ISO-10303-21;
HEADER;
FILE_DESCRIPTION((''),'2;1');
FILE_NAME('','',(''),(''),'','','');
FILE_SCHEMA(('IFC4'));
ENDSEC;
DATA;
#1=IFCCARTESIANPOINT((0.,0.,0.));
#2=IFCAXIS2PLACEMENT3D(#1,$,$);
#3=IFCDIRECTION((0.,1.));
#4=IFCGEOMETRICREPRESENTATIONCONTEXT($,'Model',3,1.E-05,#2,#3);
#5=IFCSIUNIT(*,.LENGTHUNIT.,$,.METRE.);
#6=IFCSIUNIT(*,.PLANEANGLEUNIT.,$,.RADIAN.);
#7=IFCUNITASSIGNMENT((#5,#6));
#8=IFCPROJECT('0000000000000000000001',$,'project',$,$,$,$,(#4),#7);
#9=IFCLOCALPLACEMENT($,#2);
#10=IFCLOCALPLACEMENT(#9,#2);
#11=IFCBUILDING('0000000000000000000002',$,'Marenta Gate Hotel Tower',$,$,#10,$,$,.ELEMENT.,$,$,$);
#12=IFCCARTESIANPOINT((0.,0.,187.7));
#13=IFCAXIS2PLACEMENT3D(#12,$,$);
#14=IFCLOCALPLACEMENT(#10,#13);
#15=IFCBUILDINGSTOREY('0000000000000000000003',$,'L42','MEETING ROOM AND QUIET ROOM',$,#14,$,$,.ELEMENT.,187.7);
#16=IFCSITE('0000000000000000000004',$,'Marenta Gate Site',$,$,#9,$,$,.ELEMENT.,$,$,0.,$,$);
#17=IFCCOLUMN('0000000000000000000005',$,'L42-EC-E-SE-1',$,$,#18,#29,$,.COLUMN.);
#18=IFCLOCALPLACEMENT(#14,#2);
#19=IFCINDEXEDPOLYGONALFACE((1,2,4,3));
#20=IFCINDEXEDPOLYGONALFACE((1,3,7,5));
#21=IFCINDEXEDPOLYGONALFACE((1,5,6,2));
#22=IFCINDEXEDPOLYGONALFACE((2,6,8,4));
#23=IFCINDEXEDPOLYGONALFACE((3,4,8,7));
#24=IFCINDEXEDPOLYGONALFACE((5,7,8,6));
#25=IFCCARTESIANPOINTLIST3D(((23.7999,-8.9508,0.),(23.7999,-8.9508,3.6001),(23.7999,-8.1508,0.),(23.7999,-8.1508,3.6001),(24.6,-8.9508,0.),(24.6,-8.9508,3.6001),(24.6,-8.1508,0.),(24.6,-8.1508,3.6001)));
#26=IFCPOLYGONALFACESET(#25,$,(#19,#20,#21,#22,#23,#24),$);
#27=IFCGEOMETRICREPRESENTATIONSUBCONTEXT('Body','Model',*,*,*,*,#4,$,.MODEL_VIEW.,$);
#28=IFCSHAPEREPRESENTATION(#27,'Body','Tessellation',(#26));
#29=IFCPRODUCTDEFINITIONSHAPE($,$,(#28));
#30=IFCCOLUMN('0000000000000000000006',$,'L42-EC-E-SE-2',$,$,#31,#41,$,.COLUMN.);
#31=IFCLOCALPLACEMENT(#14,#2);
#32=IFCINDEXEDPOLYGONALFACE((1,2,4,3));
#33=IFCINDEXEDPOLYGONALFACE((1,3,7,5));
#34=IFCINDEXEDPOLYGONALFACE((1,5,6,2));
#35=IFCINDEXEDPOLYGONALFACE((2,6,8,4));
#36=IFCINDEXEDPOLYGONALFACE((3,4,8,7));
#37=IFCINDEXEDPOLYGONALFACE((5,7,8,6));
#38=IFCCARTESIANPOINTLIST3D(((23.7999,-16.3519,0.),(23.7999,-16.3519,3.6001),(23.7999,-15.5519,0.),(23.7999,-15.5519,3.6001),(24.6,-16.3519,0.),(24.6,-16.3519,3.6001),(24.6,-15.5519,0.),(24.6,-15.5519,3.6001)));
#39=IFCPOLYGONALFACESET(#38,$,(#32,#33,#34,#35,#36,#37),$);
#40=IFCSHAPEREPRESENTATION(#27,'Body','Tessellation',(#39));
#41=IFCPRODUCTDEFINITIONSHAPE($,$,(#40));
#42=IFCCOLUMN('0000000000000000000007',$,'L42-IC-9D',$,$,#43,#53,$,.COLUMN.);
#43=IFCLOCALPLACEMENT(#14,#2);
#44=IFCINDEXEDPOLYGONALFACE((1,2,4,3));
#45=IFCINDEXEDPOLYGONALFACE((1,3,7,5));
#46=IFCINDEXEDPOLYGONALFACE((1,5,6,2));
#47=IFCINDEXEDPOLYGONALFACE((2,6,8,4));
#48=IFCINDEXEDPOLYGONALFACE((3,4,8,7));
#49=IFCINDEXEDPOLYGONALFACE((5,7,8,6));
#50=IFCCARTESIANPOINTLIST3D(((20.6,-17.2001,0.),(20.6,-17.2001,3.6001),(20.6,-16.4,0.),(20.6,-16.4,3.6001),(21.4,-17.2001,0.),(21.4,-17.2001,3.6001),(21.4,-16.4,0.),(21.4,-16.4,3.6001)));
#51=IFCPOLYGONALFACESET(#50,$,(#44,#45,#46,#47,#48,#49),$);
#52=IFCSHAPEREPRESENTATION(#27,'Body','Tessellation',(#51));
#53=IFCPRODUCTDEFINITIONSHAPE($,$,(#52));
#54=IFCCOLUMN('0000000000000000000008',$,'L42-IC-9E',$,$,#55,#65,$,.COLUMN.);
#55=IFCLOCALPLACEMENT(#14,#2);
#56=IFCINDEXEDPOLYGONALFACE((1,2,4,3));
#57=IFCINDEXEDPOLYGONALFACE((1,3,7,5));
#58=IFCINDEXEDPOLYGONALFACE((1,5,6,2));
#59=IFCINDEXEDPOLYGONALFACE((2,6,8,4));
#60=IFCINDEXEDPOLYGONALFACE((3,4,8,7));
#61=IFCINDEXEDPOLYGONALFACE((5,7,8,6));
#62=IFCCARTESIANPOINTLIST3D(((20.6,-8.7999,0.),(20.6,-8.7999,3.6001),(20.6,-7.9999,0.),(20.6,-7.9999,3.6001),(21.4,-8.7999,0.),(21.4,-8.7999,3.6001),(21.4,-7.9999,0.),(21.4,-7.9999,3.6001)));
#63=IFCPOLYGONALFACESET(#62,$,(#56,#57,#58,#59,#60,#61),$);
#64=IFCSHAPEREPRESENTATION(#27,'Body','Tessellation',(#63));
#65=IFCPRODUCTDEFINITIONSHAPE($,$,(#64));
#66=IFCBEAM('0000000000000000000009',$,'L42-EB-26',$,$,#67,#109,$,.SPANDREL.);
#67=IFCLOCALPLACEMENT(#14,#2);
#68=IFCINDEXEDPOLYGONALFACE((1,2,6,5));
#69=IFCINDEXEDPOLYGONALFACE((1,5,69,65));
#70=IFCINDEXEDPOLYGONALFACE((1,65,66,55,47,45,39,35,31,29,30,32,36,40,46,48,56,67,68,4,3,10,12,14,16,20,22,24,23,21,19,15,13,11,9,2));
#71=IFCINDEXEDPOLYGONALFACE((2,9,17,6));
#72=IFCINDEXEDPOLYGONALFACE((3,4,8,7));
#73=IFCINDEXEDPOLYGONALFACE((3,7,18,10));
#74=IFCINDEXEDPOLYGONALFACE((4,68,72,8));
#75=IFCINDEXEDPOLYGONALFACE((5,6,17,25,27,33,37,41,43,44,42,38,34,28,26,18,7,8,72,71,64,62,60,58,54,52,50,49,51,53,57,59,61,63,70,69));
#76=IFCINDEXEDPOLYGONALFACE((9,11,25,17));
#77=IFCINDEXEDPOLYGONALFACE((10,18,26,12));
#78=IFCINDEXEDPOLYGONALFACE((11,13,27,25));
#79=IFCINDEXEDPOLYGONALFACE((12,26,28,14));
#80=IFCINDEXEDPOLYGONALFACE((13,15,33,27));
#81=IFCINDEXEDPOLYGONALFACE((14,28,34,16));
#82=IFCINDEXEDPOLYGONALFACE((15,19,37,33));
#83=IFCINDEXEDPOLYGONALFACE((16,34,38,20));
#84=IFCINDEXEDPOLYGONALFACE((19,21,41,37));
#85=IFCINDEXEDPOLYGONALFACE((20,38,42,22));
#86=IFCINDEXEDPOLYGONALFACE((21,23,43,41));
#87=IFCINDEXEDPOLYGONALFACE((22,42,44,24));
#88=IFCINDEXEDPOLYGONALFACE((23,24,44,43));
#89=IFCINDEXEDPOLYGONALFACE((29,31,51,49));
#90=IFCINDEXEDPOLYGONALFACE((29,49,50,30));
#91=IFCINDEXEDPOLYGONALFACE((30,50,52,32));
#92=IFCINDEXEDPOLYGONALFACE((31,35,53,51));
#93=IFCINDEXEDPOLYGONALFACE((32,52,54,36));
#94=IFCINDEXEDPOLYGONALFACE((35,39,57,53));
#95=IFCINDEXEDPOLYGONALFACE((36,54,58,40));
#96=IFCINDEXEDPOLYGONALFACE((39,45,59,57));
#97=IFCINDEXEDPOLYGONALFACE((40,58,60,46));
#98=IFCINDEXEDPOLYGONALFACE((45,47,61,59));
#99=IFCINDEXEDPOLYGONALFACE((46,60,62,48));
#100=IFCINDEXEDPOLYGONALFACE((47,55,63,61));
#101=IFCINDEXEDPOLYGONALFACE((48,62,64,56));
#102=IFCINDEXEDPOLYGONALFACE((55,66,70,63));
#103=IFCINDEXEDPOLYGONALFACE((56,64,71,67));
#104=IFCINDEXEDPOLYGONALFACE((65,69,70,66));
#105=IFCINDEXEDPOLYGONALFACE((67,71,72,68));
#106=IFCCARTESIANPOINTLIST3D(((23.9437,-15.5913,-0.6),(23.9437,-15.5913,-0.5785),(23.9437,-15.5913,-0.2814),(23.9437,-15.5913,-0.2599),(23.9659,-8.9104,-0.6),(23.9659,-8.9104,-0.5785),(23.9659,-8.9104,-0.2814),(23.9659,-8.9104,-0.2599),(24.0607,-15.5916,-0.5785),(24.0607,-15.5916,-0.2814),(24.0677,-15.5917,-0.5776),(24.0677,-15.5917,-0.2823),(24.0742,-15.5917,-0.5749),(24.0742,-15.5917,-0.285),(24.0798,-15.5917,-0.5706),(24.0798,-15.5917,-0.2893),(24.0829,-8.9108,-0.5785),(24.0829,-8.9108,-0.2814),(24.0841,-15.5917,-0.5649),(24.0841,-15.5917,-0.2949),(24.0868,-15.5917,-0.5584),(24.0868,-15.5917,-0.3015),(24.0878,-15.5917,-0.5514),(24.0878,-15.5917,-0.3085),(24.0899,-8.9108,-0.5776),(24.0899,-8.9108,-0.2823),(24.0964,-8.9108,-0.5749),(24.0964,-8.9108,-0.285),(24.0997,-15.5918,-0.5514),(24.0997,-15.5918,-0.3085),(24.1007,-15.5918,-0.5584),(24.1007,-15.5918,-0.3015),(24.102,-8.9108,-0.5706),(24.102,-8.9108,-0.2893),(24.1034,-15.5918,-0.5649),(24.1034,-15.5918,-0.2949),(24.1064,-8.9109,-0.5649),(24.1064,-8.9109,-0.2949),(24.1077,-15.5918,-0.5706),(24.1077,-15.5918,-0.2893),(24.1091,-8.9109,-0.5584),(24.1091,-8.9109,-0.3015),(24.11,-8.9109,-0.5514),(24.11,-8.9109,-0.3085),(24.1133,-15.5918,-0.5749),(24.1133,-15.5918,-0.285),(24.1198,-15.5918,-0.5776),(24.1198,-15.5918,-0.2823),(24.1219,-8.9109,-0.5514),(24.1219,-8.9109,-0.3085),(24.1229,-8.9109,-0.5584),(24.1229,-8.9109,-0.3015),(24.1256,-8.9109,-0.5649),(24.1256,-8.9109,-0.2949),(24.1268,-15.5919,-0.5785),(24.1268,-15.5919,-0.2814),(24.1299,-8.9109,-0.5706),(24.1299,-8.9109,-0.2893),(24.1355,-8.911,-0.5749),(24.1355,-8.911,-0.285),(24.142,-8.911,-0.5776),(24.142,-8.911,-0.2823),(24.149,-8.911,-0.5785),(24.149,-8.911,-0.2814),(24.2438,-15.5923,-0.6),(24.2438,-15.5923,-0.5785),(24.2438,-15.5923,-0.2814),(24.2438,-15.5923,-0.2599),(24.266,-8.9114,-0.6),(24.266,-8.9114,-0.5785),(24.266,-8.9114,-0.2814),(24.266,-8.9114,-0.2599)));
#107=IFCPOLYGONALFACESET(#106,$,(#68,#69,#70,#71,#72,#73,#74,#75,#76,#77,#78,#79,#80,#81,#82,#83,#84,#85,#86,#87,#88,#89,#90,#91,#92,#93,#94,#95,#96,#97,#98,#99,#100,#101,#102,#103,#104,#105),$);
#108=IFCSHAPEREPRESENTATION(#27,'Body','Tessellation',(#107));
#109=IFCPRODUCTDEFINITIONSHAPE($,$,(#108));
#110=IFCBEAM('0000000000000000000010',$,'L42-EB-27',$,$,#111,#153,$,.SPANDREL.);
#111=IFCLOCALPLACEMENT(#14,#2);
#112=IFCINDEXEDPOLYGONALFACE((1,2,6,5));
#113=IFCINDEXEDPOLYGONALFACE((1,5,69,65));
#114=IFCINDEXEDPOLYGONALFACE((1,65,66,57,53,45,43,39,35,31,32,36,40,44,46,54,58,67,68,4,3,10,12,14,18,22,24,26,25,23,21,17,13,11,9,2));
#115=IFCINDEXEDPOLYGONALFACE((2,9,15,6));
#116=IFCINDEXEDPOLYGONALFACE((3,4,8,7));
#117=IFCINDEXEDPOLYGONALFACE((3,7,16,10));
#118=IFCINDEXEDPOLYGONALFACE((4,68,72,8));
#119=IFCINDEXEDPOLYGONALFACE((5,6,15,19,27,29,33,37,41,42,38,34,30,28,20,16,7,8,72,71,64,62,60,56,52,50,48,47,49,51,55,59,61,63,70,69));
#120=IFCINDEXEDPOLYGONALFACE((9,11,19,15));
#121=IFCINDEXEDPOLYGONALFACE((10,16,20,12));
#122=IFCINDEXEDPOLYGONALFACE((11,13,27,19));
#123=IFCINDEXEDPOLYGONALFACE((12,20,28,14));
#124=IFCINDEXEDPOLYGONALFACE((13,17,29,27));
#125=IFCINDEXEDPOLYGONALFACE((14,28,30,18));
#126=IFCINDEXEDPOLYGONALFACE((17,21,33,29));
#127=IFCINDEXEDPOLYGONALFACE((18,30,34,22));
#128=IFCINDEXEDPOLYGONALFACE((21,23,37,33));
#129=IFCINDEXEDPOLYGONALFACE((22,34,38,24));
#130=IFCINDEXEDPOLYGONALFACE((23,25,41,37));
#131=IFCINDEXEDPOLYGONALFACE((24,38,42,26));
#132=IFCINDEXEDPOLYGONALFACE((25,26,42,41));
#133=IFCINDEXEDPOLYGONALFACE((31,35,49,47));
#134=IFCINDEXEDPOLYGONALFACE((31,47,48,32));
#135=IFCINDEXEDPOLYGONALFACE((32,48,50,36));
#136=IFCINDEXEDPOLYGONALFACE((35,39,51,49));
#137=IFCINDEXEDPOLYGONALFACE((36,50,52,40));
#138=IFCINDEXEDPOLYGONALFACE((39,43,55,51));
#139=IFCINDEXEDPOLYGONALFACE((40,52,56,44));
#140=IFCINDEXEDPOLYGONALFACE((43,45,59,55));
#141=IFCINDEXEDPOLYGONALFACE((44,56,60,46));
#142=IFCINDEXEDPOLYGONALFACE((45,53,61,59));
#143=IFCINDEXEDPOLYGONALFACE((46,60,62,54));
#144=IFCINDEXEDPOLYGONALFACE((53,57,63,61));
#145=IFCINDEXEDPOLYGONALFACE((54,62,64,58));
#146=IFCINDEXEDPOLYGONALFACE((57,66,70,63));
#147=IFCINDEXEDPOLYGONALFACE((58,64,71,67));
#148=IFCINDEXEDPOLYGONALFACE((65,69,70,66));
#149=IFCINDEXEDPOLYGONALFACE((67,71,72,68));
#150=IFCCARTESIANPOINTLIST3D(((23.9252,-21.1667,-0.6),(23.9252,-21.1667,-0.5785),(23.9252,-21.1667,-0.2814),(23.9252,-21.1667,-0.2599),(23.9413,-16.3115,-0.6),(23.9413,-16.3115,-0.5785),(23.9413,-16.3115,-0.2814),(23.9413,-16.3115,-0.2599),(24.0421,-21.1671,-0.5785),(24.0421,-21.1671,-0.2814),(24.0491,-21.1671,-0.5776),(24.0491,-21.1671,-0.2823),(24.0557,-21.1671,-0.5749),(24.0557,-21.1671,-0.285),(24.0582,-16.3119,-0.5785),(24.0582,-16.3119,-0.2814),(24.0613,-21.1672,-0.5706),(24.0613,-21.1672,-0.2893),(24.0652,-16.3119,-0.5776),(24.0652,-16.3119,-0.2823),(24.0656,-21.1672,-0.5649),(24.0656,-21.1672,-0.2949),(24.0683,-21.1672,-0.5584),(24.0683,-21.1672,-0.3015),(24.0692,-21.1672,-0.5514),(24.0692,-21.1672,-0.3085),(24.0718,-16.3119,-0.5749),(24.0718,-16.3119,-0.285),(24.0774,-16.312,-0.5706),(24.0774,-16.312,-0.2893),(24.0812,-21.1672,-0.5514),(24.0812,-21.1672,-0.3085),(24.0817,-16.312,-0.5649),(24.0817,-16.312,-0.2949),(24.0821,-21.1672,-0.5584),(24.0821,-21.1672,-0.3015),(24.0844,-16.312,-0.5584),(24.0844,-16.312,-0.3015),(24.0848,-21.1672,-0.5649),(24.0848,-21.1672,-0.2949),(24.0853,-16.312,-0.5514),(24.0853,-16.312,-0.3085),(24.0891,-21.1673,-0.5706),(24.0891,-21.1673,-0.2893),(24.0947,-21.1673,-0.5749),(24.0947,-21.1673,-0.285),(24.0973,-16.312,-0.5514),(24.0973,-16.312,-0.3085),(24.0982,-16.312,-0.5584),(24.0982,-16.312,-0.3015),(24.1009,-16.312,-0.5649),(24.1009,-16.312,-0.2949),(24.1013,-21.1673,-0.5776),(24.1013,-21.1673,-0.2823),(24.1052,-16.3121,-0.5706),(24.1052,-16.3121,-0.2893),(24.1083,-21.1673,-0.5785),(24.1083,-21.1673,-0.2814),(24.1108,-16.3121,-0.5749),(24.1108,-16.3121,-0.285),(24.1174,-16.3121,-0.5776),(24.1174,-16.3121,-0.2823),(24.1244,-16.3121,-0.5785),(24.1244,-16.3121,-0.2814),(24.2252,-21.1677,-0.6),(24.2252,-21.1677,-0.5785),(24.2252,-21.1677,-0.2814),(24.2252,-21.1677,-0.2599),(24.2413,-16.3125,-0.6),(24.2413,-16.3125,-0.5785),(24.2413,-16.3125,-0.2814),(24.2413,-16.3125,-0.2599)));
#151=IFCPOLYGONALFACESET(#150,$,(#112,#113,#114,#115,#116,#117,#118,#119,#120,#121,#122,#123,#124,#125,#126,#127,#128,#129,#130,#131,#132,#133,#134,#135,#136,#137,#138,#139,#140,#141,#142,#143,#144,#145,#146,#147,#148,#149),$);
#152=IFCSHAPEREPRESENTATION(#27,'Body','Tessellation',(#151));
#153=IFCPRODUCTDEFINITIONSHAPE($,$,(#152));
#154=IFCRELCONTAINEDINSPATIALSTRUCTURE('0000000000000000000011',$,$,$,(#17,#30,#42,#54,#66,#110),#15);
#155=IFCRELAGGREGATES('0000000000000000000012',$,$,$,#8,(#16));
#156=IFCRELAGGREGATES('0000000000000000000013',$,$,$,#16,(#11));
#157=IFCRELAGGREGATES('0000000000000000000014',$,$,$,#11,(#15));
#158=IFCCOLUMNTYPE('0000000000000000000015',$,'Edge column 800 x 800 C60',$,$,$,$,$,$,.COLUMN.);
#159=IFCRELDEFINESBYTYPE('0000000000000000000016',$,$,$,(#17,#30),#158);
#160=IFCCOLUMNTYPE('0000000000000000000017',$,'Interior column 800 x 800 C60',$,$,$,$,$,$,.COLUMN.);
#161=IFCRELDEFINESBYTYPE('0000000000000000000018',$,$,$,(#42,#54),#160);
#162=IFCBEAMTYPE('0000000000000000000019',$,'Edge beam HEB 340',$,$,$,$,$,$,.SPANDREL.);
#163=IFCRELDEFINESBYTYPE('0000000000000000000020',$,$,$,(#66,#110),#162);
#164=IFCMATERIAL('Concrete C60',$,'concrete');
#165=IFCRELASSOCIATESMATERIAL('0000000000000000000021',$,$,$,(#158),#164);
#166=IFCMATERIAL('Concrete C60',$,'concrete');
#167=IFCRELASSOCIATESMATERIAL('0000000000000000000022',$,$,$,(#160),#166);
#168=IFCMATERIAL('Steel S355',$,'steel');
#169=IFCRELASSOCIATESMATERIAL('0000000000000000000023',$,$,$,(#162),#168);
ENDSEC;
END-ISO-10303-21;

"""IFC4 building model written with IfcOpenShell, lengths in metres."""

from ifc_helpers import new_model, si_unit, direction, frame, origin, origin_2d, place, context, subcontext, project, spatial, rectangle, i_section, extrude, material, material_profile, profile_set, type_object, element, save


model = new_model("IFC4")

# Units and contexts
model_context = context("Model", 3, precision=1e-05, world=origin(), true_north=direction((0.0, 1.0)))
body_context = subcontext(model_context, "Body", "Model", "MODEL_VIEW")
ifc_project = project(units=[si_unit("LENGTHUNIT", "METRE"), si_unit("PLANEANGLEUNIT", "RADIAN")], contexts=[model_context])

# Site, building, storey
site_placement = place(None, origin())
site = spatial("IfcSite", under=ifc_project, at=site_placement, Name="Marenta Gate Site", CompositionType="ELEMENT", RefElevation=0.0)
building_placement = place(site_placement, origin())
building = spatial("IfcBuilding", under=site, at=building_placement, Name="Marenta Gate Hotel Tower", CompositionType="ELEMENT")
storey_placement = place(building_placement, frame((0.0, 0.0, 187.7)))
storey = spatial("IfcBuildingStorey", under=building, at=storey_placement, Name="L42", Description="MEETING ROOM AND QUIET ROOM", CompositionType="ELEMENT", Elevation=187.7)

# Columns
ifc_material_1 = material(Name="Concrete C60", Category="concrete")
ifc_material_profile_1 = material_profile(ifc_material_1, rectangle(XDim=0.8, YDim=0.8, at=origin_2d()), Name="800 x 800")
ifc_profile_set_1 = profile_set([ifc_material_profile_1], Name="Concrete C60")
column_type_1 = type_object("IfcColumnType", Name="Edge column 800 x 800 C60", PredefinedType="COLUMN", material=ifc_profile_set_1)
for number, where, z_axis, x_axis, name in (
    (1, (24.2, -8.5508, 0.0), (0.0, 0.0, 1.0), (1.0, 0.0, 0.0), "L42-EC-E-SE-1"),
    (2, (24.2, -15.9519, 0.0), (0.0, 0.0, 1.0), (1.0, 0.0, 0.0), "L42-EC-E-SE-2"),
):
    element("IfcColumn", number, at=place(storey_placement, frame(where, z_axis=z_axis, x_axis=x_axis)), inside=storey, type_object=column_type_1, Name=name, PredefinedType="COLUMN", context=body_context, shape_type="SweptSolid", body=[
        extrude(rectangle(XDim=0.8, YDim=0.8, at=origin_2d()), origin(), (0.0, 0.0, 1.0), 3.6001),
    ])
ifc_material_2 = material(Name="Concrete C60", Category="concrete")
ifc_material_profile_2 = material_profile(ifc_material_2, rectangle(XDim=0.8, YDim=0.8, at=origin_2d()), Name="800 x 800")
ifc_profile_set_2 = profile_set([ifc_material_profile_2], Name="Concrete C60")
column_type_2 = type_object("IfcColumnType", Name="Interior column 800 x 800 C60", PredefinedType="COLUMN", material=ifc_profile_set_2)
for number, where, z_axis, x_axis, name in (
    (3, (21.0, -16.8, 0.0), (0.0, 0.0, 1.0), (1.0, 0.0, 0.0), "L42-IC-9D"),
    (4, (21.0, -8.3999, 0.0), (0.0, 0.0, 1.0), (1.0, 0.0, 0.0), "L42-IC-9E"),
):
    element("IfcColumn", number, at=place(storey_placement, frame(where, z_axis=z_axis, x_axis=x_axis)), inside=storey, type_object=column_type_2, Name=name, PredefinedType="COLUMN", context=body_context, shape_type="SweptSolid", body=[
        extrude(rectangle(XDim=0.8, YDim=0.8, at=origin_2d()), origin(), (0.0, 0.0, 1.0), 3.6001),
    ])

# Beams
ifc_material_3 = material(Name="Steel S355", Category="steel")
ifc_material_profile_3 = material_profile(ifc_material_3, i_section(OverallWidth=0.3, OverallDepth=0.3401, WebThickness=0.012, FlangeThickness=0.0215, FilletRadius=0.0271, at=origin_2d()), Name="HEB 340")
ifc_profile_set_3 = profile_set([ifc_material_profile_3], Name="Steel S355")
beam_type_1 = type_object("IfcBeamType", Name="Edge beam HEB 340", PredefinedType="SPANDREL", material=ifc_profile_set_3)
beam_1_placement = place(storey_placement, frame((24.116, -8.9109, -0.4299), z_axis=(-0.003325, -0.999994, 0.0), x_axis=(0.999994, -0.003325, 0.0)))
element("IfcBeam", 5, at=beam_1_placement, inside=storey, type_object=beam_type_1, Name="L42-EB-26", PredefinedType="SPANDREL", context=body_context, shape_type="SweptSolid", body=[
    extrude(i_section(OverallWidth=0.3, OverallDepth=0.3401, WebThickness=0.012, FlangeThickness=0.0215, FilletRadius=0.0271, at=origin_2d()), origin(), (0.0, 0.0, 1.0), 6.6809),
])
beam_2_placement = place(storey_placement, frame((24.0913, -16.312, -0.4299), z_axis=(-0.003319, -0.999994, 0.0), x_axis=(0.999994, -0.003319, 0.0)))
element("IfcBeam", 6, at=beam_2_placement, inside=storey, type_object=beam_type_1, Name="L42-EB-27", PredefinedType="SPANDREL", context=body_context, shape_type="SweptSolid", body=[
    extrude(i_section(OverallWidth=0.3, OverallDepth=0.3401, WebThickness=0.012, FlangeThickness=0.0215, FilletRadius=0.0271, at=origin_2d()), origin(), (0.0, 0.0, 1.0), 4.8552),
])

save(model, "model.ifc")
